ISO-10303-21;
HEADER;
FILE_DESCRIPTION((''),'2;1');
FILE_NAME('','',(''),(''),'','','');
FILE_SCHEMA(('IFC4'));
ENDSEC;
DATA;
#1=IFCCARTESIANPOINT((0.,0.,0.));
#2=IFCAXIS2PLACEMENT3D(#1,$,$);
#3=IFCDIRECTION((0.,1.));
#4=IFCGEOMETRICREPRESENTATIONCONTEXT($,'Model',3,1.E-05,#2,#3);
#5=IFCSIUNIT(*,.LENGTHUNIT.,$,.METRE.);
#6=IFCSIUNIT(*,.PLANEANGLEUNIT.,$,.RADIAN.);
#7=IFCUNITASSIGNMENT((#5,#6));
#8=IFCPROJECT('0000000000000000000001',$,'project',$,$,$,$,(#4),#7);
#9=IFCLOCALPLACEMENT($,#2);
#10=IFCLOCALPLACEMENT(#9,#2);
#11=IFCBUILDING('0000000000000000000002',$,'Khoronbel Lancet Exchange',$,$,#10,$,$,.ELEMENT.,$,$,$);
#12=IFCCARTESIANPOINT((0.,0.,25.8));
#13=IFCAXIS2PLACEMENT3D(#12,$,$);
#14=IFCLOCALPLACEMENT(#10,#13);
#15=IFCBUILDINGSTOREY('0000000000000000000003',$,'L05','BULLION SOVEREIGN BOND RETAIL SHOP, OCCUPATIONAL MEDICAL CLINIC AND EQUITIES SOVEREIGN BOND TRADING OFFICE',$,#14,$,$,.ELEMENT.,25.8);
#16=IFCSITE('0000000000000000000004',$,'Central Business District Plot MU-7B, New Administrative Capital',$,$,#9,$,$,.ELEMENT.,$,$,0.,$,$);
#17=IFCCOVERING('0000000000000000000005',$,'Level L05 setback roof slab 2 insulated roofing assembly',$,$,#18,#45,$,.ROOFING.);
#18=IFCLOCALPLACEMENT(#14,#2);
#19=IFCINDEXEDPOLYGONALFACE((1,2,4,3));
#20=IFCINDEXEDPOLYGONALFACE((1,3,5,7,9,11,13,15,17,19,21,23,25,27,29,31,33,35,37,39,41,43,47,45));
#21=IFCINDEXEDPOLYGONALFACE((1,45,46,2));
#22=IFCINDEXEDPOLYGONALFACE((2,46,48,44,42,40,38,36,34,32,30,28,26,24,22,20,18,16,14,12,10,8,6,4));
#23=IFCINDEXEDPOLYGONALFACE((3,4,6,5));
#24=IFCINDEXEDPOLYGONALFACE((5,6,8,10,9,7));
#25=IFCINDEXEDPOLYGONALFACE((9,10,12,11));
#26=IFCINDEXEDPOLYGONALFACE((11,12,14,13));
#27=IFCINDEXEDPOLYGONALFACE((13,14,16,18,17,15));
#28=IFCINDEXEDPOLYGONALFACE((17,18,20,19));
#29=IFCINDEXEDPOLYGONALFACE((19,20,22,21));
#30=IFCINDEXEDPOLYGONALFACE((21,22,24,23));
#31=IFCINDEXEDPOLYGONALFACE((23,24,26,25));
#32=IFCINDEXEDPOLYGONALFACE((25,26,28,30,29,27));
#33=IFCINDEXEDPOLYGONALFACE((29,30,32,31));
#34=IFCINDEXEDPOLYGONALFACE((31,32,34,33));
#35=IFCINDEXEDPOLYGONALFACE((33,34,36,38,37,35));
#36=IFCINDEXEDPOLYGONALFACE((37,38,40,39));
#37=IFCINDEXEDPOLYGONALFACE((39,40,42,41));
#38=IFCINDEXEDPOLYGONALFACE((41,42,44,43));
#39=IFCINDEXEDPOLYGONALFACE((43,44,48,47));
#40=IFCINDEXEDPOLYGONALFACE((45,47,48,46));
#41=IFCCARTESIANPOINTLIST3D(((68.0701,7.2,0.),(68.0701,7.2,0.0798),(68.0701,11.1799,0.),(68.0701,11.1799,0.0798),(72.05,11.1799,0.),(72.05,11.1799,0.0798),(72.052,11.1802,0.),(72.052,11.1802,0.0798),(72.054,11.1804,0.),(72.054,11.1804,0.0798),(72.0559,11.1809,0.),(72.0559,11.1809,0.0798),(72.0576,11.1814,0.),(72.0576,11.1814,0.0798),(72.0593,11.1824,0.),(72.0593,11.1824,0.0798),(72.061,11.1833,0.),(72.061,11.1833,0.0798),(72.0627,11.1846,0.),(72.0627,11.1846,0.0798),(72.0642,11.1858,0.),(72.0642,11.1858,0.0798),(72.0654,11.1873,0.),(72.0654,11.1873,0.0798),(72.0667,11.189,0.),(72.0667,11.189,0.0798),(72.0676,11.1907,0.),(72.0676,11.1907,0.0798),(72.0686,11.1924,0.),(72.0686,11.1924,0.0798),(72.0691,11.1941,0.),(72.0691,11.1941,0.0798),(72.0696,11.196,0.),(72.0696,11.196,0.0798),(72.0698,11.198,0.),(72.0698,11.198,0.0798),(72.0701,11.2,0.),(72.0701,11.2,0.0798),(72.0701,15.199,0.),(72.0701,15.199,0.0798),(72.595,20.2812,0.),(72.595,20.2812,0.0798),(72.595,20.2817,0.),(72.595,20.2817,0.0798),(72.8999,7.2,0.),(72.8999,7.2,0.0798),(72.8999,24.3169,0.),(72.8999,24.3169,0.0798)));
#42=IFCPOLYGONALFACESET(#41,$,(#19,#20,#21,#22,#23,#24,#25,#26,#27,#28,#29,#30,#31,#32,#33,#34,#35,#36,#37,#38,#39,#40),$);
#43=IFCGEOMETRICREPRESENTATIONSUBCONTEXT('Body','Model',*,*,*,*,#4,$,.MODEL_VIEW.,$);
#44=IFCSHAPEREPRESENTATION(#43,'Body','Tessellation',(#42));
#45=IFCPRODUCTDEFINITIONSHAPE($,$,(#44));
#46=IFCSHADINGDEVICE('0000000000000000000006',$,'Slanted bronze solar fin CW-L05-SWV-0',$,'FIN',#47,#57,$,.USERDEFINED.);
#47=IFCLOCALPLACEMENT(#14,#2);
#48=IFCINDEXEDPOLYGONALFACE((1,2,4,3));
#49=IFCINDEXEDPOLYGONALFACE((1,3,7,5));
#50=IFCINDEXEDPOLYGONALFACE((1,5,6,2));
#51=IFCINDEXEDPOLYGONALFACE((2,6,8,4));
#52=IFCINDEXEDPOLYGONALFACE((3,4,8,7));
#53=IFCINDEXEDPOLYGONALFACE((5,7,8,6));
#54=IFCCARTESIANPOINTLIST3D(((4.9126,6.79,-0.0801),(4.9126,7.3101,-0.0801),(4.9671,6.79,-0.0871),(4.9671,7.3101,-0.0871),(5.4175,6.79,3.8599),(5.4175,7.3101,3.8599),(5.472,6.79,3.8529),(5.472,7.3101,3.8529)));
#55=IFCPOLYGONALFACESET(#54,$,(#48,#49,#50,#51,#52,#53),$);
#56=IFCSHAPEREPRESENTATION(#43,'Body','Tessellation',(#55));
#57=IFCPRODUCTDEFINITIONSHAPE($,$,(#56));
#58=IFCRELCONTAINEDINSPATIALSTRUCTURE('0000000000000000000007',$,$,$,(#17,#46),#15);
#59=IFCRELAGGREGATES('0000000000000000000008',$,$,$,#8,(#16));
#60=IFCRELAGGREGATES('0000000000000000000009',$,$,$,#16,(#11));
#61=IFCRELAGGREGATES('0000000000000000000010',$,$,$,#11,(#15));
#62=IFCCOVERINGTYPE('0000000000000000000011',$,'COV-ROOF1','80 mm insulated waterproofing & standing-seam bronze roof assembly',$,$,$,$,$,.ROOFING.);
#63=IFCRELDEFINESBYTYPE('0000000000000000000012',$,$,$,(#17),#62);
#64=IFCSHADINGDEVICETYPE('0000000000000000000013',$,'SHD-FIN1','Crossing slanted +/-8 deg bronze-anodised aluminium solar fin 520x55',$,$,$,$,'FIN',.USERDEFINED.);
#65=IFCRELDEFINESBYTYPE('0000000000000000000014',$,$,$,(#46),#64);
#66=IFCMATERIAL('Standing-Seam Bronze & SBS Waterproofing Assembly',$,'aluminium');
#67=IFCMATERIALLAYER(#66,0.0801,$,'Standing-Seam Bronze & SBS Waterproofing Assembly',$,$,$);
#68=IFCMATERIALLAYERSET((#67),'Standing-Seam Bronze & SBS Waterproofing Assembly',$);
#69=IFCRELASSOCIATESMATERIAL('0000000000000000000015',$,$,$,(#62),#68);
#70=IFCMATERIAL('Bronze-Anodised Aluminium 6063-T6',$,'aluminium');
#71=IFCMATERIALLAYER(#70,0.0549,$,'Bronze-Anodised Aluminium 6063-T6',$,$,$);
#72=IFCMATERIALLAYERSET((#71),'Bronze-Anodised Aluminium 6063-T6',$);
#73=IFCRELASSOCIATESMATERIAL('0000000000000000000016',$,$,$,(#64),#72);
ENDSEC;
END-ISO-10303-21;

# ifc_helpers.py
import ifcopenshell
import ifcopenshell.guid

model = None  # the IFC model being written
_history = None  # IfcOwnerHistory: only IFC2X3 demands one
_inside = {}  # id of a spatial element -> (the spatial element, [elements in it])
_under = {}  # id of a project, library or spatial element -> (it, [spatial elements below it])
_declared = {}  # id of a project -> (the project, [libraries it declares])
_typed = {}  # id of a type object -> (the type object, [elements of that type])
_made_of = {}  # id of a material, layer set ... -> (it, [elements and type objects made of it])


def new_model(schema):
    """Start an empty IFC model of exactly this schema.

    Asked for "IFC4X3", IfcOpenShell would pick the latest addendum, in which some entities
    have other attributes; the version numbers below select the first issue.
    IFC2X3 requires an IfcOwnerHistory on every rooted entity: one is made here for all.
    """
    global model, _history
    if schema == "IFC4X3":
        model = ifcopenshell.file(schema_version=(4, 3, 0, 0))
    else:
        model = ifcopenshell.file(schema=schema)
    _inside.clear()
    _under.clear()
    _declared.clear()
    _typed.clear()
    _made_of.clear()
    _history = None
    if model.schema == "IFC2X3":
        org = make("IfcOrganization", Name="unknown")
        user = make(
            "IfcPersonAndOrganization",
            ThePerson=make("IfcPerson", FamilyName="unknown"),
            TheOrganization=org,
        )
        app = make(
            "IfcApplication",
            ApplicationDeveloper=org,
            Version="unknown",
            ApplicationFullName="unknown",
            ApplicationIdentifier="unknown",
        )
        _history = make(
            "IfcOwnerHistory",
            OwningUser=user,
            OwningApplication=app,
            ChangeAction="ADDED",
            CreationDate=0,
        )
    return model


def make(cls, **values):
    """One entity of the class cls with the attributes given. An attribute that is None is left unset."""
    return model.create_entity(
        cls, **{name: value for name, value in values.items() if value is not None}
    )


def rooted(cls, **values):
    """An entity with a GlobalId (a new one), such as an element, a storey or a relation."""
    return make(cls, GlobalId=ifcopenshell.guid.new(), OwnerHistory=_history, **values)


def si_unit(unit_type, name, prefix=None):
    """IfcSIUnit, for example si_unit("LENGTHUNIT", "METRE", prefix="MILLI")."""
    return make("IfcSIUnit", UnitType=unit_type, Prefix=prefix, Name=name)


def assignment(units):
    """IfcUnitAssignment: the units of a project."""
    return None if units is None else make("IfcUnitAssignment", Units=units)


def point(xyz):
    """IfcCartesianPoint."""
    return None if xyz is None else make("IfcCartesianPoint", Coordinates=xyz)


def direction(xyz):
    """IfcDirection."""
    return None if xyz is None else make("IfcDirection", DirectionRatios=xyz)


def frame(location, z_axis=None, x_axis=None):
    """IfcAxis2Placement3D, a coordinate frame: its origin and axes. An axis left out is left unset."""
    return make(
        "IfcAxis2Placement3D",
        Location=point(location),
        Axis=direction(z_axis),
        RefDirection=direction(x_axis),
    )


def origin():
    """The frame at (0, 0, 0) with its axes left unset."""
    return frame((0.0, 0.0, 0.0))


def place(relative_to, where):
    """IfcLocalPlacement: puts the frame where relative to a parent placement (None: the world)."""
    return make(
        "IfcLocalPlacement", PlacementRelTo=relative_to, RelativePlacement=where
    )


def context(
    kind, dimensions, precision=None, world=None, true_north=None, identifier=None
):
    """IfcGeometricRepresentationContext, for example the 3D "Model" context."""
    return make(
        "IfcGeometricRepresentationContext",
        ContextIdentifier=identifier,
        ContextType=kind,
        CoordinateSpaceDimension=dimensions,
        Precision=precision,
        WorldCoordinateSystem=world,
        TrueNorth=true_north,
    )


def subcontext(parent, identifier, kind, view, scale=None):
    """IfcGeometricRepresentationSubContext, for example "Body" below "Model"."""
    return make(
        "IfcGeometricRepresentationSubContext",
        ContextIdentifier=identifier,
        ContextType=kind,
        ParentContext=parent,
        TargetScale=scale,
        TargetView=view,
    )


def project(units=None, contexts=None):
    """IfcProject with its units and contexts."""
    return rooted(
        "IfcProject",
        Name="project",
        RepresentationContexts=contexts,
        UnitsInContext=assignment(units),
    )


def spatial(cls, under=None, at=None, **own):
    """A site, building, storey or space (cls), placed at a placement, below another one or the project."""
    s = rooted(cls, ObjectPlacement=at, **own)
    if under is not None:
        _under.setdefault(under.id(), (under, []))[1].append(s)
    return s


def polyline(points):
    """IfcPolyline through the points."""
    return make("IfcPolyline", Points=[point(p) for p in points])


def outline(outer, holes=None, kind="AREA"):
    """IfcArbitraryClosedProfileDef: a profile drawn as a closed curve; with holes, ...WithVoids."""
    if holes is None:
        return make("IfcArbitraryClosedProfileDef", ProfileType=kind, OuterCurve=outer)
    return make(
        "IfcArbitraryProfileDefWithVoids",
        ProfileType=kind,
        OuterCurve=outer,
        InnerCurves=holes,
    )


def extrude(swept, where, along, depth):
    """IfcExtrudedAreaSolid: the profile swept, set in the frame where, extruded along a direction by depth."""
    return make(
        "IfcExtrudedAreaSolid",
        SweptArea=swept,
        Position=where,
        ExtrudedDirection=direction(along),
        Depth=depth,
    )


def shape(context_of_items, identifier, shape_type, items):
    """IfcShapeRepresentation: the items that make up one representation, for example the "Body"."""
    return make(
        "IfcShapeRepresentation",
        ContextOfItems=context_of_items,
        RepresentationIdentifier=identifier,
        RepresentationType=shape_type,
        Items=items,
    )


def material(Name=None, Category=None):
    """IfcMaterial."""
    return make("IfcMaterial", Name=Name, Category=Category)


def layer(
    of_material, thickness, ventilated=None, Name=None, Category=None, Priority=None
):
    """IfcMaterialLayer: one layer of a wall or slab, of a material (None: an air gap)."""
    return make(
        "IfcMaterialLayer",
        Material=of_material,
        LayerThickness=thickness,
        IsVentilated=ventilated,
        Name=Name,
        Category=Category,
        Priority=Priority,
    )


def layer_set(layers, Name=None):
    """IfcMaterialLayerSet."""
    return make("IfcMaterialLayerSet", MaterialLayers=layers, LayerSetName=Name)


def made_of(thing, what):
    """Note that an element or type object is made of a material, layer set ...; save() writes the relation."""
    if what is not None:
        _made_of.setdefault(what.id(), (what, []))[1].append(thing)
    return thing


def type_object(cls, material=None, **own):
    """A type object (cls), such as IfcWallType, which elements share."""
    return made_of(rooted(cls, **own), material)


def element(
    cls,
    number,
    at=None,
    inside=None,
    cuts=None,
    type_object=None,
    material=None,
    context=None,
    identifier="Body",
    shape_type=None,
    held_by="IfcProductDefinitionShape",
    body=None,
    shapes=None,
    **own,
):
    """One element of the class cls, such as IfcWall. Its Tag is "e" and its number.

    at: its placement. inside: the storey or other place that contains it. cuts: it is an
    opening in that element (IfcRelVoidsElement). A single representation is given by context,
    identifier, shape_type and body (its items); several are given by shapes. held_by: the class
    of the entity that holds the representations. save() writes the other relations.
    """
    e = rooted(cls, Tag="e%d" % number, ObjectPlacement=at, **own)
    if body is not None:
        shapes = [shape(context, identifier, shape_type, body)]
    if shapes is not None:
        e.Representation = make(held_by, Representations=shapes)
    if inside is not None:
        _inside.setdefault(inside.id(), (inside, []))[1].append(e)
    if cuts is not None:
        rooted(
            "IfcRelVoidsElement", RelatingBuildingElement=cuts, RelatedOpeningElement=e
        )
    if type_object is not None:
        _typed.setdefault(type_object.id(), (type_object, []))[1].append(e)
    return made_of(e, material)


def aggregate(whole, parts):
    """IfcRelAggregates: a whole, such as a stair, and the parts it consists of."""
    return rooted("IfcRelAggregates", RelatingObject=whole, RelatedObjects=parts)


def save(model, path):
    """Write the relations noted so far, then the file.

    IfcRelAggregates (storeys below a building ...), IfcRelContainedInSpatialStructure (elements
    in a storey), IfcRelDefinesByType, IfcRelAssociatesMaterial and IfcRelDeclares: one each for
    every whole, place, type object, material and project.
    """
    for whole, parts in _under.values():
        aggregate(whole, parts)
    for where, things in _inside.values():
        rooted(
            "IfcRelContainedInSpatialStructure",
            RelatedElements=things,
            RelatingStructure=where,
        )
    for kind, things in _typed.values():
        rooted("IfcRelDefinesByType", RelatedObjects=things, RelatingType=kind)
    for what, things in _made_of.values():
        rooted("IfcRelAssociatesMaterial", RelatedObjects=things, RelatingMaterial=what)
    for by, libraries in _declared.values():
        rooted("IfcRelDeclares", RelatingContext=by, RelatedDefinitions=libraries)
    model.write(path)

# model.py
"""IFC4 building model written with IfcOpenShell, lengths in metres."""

from ifc_helpers import new_model, si_unit, direction, frame, origin, place, context, subcontext, project, spatial, polyline, outline, extrude, material, layer, layer_set, type_object, element, save


model = new_model("IFC4")

# Units and contexts
model_context = context("Model", 3, precision=1e-05, world=origin(), true_north=direction((0.0, 1.0)))
body_context = subcontext(model_context, "Body", "Model", "MODEL_VIEW")
ifc_project = project(units=[si_unit("LENGTHUNIT", "METRE"), si_unit("PLANEANGLEUNIT", "RADIAN")], contexts=[model_context])

# Site, building, storey
site_placement = place(None, origin())
site = spatial("IfcSite", under=ifc_project, at=site_placement, Name="Central Business District Plot MU-7B, New Administrative Capital", CompositionType="ELEMENT", RefElevation=0.0)
building_placement = place(site_placement, origin())
building = spatial("IfcBuilding", under=site, at=building_placement, Name="Khoronbel Lancet Exchange", CompositionType="ELEMENT")
storey_placement = place(building_placement, frame((0.0, 0.0, 25.8)))
storey = spatial("IfcBuildingStorey", under=building, at=storey_placement, Name="L05", Description="BULLION SOVEREIGN BOND RETAIL SHOP, OCCUPATIONAL MEDICAL CLINIC AND EQUITIES SOVEREIGN BOND TRADING OFFICE", CompositionType="ELEMENT", Elevation=25.8)

# Shared definitions
ifc_material_1 = material(Name="Bronze-Anodised Aluminium 6063-T6", Category="aluminium")

# Covering
ifc_material_2 = material(Name="Standing-Seam Bronze & SBS Waterproofing Assembly", Category="aluminium")
ifc_layer_1 = layer(ifc_material_2, 0.0801, Name="Standing-Seam Bronze & SBS Waterproofing Assembly")
ifc_layer_set_1 = layer_set([ifc_layer_1], Name="Standing-Seam Bronze & SBS Waterproofing Assembly")
covering_type_1 = type_object("IfcCoveringType", Name="COV-ROOF1", Description="80 mm insulated waterproofing & standing-seam bronze roof assembly", PredefinedType="ROOFING", material=ifc_layer_set_1)
covering_1_placement = place(storey_placement, origin())
element("IfcCovering", 1, at=covering_1_placement, inside=storey, type_object=covering_type_1, Name="Level L05 setback roof slab 2 insulated roofing assembly", PredefinedType="ROOFING", context=body_context, shape_type="SweptSolid", body=[
    extrude(outline(polyline([(68.0701, 7.2), (68.0701, 11.1799), (72.05, 11.1799), (72.052, 11.1802), (72.054, 11.1804), (72.0559, 11.1809), (72.0576, 11.1814), (72.0593, 11.1824), (72.061, 11.1833), (72.0627, 11.1846), (72.0642, 11.1858), (72.0654, 11.1873), (72.0667, 11.189), (72.0676, 11.1907), (72.0686, 11.1924), (72.0691, 11.1941), (72.0696, 11.196), (72.0698, 11.198), (72.0701, 11.2), (72.0701, 15.199), (72.595, 20.2812), (72.595, 20.2817), (72.8999, 24.3169), (72.8999, 7.2), (68.0701, 7.2)])), origin(), (0.0, 0.0, 1.0), 0.0798),
])

# Shading device
ifc_layer_2 = layer(ifc_material_1, 0.0549, Name="Bronze-Anodised Aluminium 6063-T6")
ifc_layer_set_2 = layer_set([ifc_layer_2], Name="Bronze-Anodised Aluminium 6063-T6")
shading_device_type = type_object("IfcShadingDeviceType", Name="SHD-FIN1", Description="Crossing slanted +/-8 deg bronze-anodised aluminium solar fin 520x55", ElementType="FIN", PredefinedType="USERDEFINED", material=ifc_layer_set_2)
shading_device_placement = place(storey_placement, frame((4.9126, 7.3101, -0.0801), z_axis=(-0.991889, 0.0, 0.127105), x_axis=(0.0, -1.0, 0.0)))
element("IfcShadingDevice", 2, at=shading_device_placement, inside=storey, type_object=shading_device_type, Name="Slanted bronze solar fin CW-L05-SWV-0", ObjectType="FIN", PredefinedType="USERDEFINED", context=body_context, shape_type="SweptSolid", body=[
    extrude(outline(polyline([(0.0, 0.0), (0.52, 0.0), (0.52, 3.9722), (0.0, 3.9722), (0.0, 0.0)])), origin(), (0.0, 0.0, -1.0), 0.0549),
])

save(model, "model.ifc")
